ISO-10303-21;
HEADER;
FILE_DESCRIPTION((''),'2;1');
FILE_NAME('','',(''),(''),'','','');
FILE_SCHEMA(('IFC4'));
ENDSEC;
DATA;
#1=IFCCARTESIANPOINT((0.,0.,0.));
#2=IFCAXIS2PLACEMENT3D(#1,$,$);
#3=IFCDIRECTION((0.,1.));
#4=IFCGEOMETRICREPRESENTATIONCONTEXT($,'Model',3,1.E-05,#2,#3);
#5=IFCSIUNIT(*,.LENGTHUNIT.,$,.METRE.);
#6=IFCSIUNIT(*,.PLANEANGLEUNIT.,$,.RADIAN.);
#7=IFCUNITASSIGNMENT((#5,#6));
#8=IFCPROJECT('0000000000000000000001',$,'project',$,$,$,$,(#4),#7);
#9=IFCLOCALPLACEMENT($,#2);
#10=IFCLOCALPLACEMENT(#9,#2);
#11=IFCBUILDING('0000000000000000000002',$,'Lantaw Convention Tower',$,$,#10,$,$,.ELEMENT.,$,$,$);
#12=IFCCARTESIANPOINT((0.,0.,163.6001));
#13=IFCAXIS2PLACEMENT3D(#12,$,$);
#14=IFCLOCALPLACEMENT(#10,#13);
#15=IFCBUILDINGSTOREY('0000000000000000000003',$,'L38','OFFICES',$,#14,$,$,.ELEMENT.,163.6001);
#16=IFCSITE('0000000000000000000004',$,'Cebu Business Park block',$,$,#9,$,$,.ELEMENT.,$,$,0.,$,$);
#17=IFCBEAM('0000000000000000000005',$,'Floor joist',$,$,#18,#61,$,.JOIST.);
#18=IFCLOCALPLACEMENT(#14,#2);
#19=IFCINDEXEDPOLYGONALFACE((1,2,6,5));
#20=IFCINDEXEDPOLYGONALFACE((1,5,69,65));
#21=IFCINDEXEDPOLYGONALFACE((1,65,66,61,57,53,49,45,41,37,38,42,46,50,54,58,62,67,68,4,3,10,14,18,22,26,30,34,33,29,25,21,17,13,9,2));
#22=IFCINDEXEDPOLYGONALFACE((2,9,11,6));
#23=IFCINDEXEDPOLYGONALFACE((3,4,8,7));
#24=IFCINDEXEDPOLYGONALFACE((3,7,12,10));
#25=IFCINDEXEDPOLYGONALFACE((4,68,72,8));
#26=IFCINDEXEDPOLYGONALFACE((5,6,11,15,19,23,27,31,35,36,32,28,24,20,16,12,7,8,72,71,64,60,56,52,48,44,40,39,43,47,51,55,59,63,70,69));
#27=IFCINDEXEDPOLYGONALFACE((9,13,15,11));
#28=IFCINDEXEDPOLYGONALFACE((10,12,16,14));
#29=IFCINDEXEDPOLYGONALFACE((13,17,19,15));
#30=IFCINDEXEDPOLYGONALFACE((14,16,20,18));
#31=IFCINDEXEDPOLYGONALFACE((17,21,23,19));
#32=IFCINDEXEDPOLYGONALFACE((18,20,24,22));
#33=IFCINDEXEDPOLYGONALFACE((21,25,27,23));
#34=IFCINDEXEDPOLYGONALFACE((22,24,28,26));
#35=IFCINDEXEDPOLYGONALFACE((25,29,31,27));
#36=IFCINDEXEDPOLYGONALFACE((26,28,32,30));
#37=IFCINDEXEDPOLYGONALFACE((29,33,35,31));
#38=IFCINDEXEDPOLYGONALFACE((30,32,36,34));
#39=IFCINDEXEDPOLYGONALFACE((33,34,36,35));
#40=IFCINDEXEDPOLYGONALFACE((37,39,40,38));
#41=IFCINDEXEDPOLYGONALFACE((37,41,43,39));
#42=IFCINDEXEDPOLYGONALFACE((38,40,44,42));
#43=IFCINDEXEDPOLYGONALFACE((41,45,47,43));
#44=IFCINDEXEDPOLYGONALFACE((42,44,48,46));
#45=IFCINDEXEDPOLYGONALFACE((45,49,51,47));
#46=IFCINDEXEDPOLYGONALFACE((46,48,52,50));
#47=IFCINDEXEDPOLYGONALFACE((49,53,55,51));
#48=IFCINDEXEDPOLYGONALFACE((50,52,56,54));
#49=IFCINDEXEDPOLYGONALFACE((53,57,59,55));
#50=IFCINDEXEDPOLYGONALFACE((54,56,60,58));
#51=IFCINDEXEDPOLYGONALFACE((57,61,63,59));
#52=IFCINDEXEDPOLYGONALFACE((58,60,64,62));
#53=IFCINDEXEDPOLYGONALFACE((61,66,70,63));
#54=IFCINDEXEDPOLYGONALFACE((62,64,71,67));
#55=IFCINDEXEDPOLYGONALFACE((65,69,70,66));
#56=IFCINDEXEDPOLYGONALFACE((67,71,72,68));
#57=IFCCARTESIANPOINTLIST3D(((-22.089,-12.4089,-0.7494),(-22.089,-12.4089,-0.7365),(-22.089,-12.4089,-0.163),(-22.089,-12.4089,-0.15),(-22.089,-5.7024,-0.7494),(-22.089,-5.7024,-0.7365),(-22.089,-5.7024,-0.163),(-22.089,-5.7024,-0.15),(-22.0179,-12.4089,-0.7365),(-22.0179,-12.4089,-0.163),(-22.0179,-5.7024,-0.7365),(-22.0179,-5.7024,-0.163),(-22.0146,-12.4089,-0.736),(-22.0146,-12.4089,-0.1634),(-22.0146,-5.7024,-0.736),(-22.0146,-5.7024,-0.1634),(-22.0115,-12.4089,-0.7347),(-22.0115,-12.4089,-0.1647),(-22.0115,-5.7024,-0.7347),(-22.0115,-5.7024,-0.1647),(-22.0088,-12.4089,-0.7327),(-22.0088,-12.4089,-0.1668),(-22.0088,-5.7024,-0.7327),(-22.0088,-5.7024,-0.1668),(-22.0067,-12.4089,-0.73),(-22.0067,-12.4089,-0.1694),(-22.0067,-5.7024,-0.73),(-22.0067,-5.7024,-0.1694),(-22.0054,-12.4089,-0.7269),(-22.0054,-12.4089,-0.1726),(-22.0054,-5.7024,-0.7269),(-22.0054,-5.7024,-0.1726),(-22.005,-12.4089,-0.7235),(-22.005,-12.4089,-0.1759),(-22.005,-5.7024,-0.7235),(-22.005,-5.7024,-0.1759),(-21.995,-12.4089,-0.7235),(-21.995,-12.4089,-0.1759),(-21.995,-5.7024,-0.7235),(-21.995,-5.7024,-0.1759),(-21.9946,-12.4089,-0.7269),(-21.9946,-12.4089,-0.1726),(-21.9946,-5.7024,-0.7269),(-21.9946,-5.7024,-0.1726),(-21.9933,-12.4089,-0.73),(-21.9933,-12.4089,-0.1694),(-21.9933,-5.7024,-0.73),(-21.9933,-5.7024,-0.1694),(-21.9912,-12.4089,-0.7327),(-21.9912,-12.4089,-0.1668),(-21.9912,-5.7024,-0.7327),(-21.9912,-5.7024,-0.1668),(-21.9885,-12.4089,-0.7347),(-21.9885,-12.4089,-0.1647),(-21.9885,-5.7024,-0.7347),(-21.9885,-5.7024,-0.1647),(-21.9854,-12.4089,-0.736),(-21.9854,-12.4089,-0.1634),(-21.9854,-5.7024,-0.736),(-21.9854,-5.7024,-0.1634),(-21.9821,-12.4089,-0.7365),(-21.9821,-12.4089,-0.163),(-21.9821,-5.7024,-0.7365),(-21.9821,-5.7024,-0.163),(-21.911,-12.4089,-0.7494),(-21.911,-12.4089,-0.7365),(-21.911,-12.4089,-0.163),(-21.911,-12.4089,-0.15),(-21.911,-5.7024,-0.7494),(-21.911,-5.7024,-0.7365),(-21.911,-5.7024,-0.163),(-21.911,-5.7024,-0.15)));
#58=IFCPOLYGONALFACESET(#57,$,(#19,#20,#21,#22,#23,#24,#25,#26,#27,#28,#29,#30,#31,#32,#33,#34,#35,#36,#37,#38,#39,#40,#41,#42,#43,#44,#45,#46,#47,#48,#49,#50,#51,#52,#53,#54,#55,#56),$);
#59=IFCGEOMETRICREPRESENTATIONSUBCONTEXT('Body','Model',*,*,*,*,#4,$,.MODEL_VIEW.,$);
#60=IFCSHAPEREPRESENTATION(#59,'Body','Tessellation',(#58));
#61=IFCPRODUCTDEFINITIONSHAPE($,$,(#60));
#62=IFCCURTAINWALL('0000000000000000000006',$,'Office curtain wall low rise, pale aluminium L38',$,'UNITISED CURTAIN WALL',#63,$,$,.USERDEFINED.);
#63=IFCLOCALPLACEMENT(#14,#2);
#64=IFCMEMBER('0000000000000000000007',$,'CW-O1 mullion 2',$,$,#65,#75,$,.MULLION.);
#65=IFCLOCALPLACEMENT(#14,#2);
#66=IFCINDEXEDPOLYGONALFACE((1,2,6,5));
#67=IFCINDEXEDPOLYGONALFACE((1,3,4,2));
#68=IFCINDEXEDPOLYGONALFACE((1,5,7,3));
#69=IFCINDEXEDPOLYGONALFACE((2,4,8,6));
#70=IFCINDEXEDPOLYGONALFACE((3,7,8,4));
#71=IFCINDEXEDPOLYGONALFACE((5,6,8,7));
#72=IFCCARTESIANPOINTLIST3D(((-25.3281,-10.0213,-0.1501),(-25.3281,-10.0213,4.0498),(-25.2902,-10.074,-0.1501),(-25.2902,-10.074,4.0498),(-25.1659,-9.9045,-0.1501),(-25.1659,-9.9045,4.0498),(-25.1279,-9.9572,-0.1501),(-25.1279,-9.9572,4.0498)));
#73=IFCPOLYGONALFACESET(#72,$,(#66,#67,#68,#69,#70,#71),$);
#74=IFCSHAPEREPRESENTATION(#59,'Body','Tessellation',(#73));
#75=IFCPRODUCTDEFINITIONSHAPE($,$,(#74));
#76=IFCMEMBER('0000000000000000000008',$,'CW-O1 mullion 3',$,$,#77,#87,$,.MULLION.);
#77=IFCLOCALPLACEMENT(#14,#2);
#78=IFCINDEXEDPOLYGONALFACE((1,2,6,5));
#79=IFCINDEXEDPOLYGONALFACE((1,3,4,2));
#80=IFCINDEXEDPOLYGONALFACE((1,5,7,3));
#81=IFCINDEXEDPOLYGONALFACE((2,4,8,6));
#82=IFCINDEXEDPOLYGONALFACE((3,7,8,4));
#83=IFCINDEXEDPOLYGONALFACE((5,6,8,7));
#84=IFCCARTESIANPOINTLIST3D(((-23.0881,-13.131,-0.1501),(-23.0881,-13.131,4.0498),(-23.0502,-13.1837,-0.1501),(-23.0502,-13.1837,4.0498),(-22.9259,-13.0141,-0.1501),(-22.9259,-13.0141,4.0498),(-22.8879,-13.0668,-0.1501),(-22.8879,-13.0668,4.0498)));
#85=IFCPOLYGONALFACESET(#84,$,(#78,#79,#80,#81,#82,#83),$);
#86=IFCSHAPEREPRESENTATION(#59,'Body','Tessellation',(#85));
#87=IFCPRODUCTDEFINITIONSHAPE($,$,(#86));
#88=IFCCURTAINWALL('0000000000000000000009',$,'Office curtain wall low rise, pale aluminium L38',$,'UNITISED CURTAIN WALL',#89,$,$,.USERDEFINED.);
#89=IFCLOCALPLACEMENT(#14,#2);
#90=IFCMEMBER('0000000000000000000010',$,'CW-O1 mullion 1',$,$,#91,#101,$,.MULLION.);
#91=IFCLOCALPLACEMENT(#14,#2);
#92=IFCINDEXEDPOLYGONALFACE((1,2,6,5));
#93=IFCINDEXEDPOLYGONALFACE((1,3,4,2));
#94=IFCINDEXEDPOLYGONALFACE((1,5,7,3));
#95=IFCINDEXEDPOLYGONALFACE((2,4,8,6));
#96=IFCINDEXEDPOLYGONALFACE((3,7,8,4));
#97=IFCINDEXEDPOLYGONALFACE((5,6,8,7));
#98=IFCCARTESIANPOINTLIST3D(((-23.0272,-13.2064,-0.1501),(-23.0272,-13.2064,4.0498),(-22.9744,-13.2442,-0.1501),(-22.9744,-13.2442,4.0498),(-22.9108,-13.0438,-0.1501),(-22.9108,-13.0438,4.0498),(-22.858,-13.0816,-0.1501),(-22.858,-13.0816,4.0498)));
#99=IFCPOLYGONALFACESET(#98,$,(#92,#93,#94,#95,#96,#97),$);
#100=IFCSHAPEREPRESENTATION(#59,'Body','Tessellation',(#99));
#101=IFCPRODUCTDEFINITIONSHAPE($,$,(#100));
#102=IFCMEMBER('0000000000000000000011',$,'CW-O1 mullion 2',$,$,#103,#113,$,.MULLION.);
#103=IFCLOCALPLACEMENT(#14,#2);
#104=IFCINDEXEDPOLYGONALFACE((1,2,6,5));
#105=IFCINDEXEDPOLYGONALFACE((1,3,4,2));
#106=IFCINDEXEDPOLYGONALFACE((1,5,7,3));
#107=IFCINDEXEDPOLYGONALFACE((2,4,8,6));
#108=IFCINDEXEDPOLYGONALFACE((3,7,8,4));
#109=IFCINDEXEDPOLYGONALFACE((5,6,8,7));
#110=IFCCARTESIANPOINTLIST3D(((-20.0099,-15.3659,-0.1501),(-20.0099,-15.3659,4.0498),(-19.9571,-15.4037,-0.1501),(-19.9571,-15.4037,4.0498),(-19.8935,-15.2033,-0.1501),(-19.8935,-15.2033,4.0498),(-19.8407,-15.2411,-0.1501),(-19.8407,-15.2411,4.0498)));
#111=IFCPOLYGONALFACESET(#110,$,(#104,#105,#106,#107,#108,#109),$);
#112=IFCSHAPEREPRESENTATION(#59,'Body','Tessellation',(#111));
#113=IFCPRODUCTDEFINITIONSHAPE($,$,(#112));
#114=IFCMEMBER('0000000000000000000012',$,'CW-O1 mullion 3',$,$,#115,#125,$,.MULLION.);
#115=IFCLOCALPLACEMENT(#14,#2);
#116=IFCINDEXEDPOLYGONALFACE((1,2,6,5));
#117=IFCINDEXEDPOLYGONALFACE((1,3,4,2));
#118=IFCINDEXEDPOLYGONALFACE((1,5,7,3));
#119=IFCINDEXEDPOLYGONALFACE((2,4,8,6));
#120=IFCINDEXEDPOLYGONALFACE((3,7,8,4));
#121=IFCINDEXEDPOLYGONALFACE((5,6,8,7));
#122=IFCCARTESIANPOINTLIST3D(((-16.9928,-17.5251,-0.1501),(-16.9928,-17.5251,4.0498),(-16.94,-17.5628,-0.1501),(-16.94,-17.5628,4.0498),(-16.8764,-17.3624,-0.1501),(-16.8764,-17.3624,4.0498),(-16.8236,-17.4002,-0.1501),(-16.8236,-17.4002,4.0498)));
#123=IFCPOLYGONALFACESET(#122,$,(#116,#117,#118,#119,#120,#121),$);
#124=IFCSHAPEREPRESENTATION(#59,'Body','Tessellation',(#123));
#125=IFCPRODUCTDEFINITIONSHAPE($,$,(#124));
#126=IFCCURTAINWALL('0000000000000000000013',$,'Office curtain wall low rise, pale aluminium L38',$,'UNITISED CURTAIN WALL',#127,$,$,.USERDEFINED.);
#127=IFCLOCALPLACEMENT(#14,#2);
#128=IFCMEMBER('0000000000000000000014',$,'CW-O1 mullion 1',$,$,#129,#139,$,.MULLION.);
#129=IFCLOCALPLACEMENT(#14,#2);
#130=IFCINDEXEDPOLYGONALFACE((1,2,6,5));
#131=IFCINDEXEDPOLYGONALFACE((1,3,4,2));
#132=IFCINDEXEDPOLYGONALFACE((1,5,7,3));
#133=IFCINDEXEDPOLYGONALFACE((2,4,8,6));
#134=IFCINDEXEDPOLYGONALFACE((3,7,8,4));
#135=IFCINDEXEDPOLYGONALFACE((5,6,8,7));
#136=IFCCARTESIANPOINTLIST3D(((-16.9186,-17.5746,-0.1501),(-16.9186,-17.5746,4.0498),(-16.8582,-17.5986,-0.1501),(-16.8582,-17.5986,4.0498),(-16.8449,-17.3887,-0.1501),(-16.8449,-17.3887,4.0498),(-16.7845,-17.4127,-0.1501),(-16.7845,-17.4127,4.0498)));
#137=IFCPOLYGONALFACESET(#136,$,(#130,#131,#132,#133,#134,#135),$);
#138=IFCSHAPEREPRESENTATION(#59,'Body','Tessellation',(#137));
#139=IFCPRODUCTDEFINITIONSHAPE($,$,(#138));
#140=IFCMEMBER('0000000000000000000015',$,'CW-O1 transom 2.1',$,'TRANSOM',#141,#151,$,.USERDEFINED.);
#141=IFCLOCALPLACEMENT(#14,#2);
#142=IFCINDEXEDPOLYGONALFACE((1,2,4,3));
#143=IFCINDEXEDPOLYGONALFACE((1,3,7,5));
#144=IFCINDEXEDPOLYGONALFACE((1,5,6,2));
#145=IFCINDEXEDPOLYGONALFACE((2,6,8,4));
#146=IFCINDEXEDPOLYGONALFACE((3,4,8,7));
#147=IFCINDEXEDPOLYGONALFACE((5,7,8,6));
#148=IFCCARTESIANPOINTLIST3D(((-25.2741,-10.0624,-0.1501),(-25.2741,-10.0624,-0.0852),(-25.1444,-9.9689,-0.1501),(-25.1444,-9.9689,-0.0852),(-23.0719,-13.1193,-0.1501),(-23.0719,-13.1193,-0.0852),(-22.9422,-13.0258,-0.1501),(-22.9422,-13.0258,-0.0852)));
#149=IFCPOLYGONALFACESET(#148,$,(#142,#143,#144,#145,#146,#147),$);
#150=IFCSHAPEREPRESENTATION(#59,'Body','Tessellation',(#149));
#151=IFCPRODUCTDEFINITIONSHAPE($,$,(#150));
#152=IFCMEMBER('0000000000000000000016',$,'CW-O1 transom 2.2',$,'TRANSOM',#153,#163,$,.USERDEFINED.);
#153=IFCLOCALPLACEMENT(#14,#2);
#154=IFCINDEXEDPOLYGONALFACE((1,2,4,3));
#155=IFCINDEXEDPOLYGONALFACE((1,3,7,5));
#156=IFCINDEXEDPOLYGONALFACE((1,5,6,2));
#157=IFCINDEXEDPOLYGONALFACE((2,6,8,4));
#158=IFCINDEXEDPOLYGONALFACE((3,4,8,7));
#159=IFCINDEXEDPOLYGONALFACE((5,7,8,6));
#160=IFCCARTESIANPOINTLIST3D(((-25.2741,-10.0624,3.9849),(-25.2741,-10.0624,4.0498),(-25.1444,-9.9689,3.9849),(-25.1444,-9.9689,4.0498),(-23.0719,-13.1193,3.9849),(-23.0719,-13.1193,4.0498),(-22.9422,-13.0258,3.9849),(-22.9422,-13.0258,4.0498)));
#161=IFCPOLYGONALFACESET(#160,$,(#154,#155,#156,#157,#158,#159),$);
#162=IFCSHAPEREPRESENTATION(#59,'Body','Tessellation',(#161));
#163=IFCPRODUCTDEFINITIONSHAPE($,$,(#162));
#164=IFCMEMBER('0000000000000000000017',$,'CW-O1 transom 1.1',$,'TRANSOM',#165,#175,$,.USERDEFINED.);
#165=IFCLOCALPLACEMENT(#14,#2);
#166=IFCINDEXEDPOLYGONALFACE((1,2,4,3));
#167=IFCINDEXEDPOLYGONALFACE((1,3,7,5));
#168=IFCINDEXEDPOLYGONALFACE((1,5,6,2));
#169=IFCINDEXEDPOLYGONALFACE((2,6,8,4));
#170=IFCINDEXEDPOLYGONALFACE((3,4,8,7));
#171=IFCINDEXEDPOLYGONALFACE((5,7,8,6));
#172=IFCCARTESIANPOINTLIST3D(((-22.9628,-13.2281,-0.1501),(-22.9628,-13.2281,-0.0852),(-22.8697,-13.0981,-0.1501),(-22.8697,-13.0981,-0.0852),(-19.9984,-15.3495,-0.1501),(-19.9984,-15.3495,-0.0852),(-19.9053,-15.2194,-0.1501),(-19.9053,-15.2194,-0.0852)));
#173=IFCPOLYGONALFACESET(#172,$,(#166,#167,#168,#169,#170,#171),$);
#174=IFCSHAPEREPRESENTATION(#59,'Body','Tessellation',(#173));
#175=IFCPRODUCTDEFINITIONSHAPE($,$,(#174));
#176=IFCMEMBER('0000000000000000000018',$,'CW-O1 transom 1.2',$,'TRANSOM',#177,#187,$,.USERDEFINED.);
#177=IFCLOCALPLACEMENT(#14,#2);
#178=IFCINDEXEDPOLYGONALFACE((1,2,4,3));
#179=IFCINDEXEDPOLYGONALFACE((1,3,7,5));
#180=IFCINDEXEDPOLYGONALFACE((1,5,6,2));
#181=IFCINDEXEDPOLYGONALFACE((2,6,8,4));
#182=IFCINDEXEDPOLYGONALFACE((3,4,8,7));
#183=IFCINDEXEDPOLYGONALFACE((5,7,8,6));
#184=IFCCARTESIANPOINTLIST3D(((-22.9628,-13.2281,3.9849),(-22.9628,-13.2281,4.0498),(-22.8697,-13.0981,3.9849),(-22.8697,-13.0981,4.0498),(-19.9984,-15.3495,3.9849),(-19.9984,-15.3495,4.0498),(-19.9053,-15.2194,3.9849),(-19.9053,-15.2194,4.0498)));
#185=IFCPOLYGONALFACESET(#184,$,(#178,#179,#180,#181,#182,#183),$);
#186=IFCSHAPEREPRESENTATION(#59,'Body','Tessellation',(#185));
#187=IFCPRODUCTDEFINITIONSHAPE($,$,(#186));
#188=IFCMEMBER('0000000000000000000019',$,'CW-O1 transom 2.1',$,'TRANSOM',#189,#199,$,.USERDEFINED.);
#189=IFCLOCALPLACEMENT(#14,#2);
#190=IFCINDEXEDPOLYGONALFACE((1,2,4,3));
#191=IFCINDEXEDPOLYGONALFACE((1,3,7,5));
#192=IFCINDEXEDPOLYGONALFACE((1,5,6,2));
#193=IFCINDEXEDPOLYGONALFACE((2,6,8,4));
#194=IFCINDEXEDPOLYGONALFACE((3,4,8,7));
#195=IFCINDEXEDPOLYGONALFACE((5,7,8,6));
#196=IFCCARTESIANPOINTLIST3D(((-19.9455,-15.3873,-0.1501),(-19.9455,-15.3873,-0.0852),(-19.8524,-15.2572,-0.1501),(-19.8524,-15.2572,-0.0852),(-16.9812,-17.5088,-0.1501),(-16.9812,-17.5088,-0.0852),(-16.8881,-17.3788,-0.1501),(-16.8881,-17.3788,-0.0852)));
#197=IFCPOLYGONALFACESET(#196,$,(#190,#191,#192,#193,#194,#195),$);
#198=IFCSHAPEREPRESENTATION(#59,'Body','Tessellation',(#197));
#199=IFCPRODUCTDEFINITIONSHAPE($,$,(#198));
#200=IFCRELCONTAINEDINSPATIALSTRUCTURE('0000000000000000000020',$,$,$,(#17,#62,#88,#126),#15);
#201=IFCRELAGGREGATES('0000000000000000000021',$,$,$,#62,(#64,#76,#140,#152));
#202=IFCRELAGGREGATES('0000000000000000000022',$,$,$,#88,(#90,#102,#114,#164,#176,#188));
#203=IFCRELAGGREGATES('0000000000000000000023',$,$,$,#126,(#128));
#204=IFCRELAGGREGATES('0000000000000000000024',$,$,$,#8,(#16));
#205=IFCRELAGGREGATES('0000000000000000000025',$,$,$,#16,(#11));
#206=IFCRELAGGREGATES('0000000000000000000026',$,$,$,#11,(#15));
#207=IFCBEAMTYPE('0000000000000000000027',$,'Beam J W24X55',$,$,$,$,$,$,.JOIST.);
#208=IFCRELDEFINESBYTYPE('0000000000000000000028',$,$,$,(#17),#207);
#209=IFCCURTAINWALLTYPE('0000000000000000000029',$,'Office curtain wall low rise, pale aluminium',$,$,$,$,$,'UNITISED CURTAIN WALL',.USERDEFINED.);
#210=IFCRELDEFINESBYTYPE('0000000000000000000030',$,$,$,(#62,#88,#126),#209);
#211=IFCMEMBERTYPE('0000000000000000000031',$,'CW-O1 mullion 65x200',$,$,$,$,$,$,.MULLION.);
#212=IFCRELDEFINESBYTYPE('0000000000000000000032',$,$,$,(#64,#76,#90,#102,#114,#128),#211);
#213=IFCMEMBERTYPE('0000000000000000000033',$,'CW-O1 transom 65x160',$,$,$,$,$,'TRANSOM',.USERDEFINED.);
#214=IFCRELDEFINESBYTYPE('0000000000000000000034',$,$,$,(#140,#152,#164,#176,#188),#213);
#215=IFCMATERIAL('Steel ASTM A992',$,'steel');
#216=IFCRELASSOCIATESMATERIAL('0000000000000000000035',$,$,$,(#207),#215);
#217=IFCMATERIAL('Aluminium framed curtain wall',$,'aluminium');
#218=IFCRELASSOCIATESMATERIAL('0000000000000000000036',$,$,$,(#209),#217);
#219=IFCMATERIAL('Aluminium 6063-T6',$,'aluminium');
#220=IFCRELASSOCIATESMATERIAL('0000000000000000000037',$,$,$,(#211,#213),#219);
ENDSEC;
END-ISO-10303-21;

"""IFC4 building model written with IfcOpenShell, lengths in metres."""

from ifc_helpers import new_model, si_unit, direction, frame, origin, origin_2d, place, context, subcontext, project, spatial, rectangle, i_section, extrude, material, material_profile, profile_set, type_object, element, aggregate, save


model = new_model("IFC4")

# Units and contexts
model_context = context("Model", 3, precision=1e-05, world=origin(), true_north=direction((0.0, 1.0)))
body_context = subcontext(model_context, "Body", "Model", "MODEL_VIEW")
ifc_project = project(units=[si_unit("LENGTHUNIT", "METRE"), si_unit("PLANEANGLEUNIT", "RADIAN")], contexts=[model_context])

# Site, building, storey
site_placement = place(None, origin())
site = spatial("IfcSite", under=ifc_project, at=site_placement, Name="Cebu Business Park block", CompositionType="ELEMENT", RefElevation=0.0)
building_placement = place(site_placement, origin())
building = spatial("IfcBuilding", under=site, at=building_placement, Name="Lantaw Convention Tower", CompositionType="ELEMENT")
storey_placement = place(building_placement, frame((0.0, 0.0, 163.6001)))
storey = spatial("IfcBuildingStorey", under=building, at=storey_placement, Name="L38", Description="OFFICES", CompositionType="ELEMENT", Elevation=163.6001)

# Beam
ifc_material_1 = material(Name="Steel ASTM A992", Category="steel")
ifc_material_profile_1 = material_profile(ifc_material_1, i_section(OverallWidth=0.178, OverallDepth=0.5994, WebThickness=0.01, FlangeThickness=0.0129, FilletRadius=0.0129, at=origin_2d()), Name="W24X55")
ifc_profile_set_1 = profile_set([ifc_material_profile_1], Name="Steel ASTM A992")
beam_type_1 = type_object("IfcBeamType", Name="Beam J W24X55", PredefinedType="JOIST", material=ifc_profile_set_1)
beam_1_placement = place(storey_placement, frame((-22.0, -12.4089, -0.4497), z_axis=(0.0, 1.0, 0.0), x_axis=(-1.0, 0.0, 0.0)))
element("IfcBeam", 1, at=beam_1_placement, inside=storey, type_object=beam_type_1, Name="Floor joist", PredefinedType="JOIST", context=body_context, shape_type="SweptSolid", body=[
    extrude(i_section(OverallWidth=0.178, OverallDepth=0.5994, WebThickness=0.01, FlangeThickness=0.0129, FilletRadius=0.0129, at=origin_2d()), origin(), (0.0, 0.0, 1.0), 6.7065),
])

# Curtain walls, members
ifc_material_2 = material(Name="Aluminium framed curtain wall", Category="aluminium")
curtain_wall_type = type_object("IfcCurtainWallType", Name="Office curtain wall low rise, pale aluminium", ElementType="UNITISED CURTAIN WALL", PredefinedType="USERDEFINED", material=ifc_material_2)
curtain_wall_1_placement = place(storey_placement, origin())
curtain_wall_1 = element("IfcCurtainWall", 2, at=curtain_wall_1_placement, inside=storey, type_object=curtain_wall_type, Name="Office curtain wall low rise, pale aluminium L38", ObjectType="UNITISED CURTAIN WALL", PredefinedType="USERDEFINED")
ifc_material_3 = material(Name="Aluminium 6063-T6", Category="aluminium")
ifc_material_profile_2 = material_profile(ifc_material_3, rectangle(XDim=0.2, YDim=0.0649, at=origin_2d()), Name="CW-O1 mullion 65x200")
ifc_profile_set_2 = profile_set([ifc_material_profile_2], Name="Aluminium 6063-T6")
member_type_1 = type_object("IfcMemberType", Name="CW-O1 mullion 65x200", PredefinedType="MULLION", material=ifc_profile_set_2)
member_1_placement = place(storey_placement, frame((-25.228, -9.9893, -0.1501), z_axis=(0.0, 0.0, 1.0), x_axis=(0.811385, 0.584513, 0.0)))
member_1 = element("IfcMember", 3, at=member_1_placement, type_object=member_type_1, Name="CW-O1 mullion 2", PredefinedType="MULLION", context=body_context, shape_type="SweptSolid", body=[
    extrude(rectangle(XDim=0.2, YDim=0.0649, at=origin_2d()), origin(), (0.0, 0.0, 1.0), 4.2),
])
member_2_placement = place(storey_placement, frame((-22.988, -13.0989, -0.1501), z_axis=(0.0, 0.0, 1.0), x_axis=(0.811385, 0.584513, 0.0)))
member_2 = element("IfcMember", 4, at=member_2_placement, type_object=member_type_1, Name="CW-O1 mullion 3", PredefinedType="MULLION", context=body_context, shape_type="SweptSolid", body=[
    extrude(rectangle(XDim=0.2, YDim=0.0649, at=origin_2d()), origin(), (0.0, 0.0, 1.0), 4.2),
])
curtain_wall_2_placement = place(storey_placement, origin())
curtain_wall_2 = element("IfcCurtainWall", 5, at=curtain_wall_2_placement, inside=storey, type_object=curtain_wall_type, Name="Office curtain wall low rise, pale aluminium L38", ObjectType="UNITISED CURTAIN WALL", PredefinedType="USERDEFINED")
member_3_placement = place(storey_placement, frame((-22.9426, -13.144, -0.1501), z_axis=(0.0, 0.0, 1.0), x_axis=(0.581973, 0.813208, 0.0)))
member_3 = element("IfcMember", 6, at=member_3_placement, type_object=member_type_1, Name="CW-O1 mullion 1", PredefinedType="MULLION", context=body_context, shape_type="SweptSolid", body=[
    extrude(rectangle(XDim=0.2, YDim=0.0649, at=origin_2d()), origin(), (0.0, 0.0, 1.0), 4.2),
])
member_4_placement = place(storey_placement, frame((-19.9253, -15.3035, -0.1501), z_axis=(0.0, 0.0, 1.0), x_axis=(0.581973, 0.813208, 0.0)))
member_4 = element("IfcMember", 7, at=member_4_placement, type_object=member_type_1, Name="CW-O1 mullion 2", PredefinedType="MULLION", context=body_context, shape_type="SweptSolid", body=[
    extrude(rectangle(XDim=0.2, YDim=0.0649, at=origin_2d()), origin(), (0.0, 0.0, 1.0), 4.2),
])
member_5_placement = place(storey_placement, frame((-16.9082, -17.4626, -0.1501), z_axis=(0.0, 0.0, 1.0), x_axis=(0.581973, 0.813208, 0.0)))
member_5 = element("IfcMember", 8, at=member_5_placement, type_object=member_type_1, Name="CW-O1 mullion 3", PredefinedType="MULLION", context=body_context, shape_type="SweptSolid", body=[
    extrude(rectangle(XDim=0.2, YDim=0.0649, at=origin_2d()), origin(), (0.0, 0.0, 1.0), 4.2),
])

# Curtain wall, member
curtain_wall_3_placement = place(storey_placement, origin())
curtain_wall_3 = element("IfcCurtainWall", 9, at=curtain_wall_3_placement, inside=storey, type_object=curtain_wall_type, Name="Office curtain wall low rise, pale aluminium L38", ObjectType="UNITISED CURTAIN WALL", PredefinedType="USERDEFINED")
member_6_placement = place(storey_placement, frame((-16.8516, -17.4937, -0.1501), z_axis=(0.0, 0.0, 1.0), x_axis=(0.368702, 0.929548, 0.0)))
member_6 = element("IfcMember", 10, at=member_6_placement, type_object=member_type_1, Name="CW-O1 mullion 1", PredefinedType="MULLION", context=body_context, shape_type="SweptSolid", body=[
    extrude(rectangle(XDim=0.2, YDim=0.0649, at=origin_2d()), origin(), (0.0, 0.0, 1.0), 4.2),
])

# Members
ifc_material_profile_3 = material_profile(ifc_material_3, rectangle(XDim=0.1599, YDim=0.0649, at=origin_2d()), Name="CW-O1 transom 65x160")
ifc_profile_set_3 = profile_set([ifc_material_profile_3], Name="Aluminium 6063-T6")
member_type_2 = type_object("IfcMemberType", Name="CW-O1 transom 65x160", ElementType="TRANSOM", PredefinedType="USERDEFINED", material=ifc_profile_set_3)
member_7_placement = place(storey_placement, frame((-25.2092, -10.0156, -0.1177), z_axis=(0.584513, -0.811384, 0.0), x_axis=(0.811384, 0.584513, 0.0)))
member_7 = element("IfcMember", 11, at=member_7_placement, type_object=member_type_2, Name="CW-O1 transom 2.1", ObjectType="TRANSOM", PredefinedType="USERDEFINED", context=body_context, shape_type="SweptSolid", body=[
    extrude(rectangle(XDim=0.1599, YDim=0.0649, at=origin_2d()), origin(), (0.0, 0.0, 1.0), 3.7676),
])
member_8_placement = place(storey_placement, frame((-25.2092, -10.0156, 4.0173), z_axis=(0.584513, -0.811384, 0.0), x_axis=(0.811384, 0.584513, 0.0)))
member_8 = element("IfcMember", 12, at=member_8_placement, type_object=member_type_2, Name="CW-O1 transom 2.2", ObjectType="TRANSOM", PredefinedType="USERDEFINED", context=body_context, shape_type="SweptSolid", body=[
    extrude(rectangle(XDim=0.1599, YDim=0.0649, at=origin_2d()), origin(), (0.0, 0.0, 1.0), 3.7676),
])
member_9_placement = place(storey_placement, frame((-22.9163, -13.1631, -0.1177), z_axis=(0.813222, -0.581954, 0.0), x_axis=(0.581954, 0.813222, 0.0)))
member_9 = element("IfcMember", 13, at=member_9_placement, type_object=member_type_2, Name="CW-O1 transom 1.1", ObjectType="TRANSOM", PredefinedType="USERDEFINED", context=body_context, shape_type="SweptSolid", body=[
    extrude(rectangle(XDim=0.1599, YDim=0.0649, at=origin_2d()), origin(), (0.0, 0.0, 1.0), 3.6453),
])
member_10_placement = place(storey_placement, frame((-22.9163, -13.1631, 4.0173), z_axis=(0.813222, -0.581954, 0.0), x_axis=(0.581954, 0.813222, 0.0)))
member_10 = element("IfcMember", 14, at=member_10_placement, type_object=member_type_2, Name="CW-O1 transom 1.2", ObjectType="TRANSOM", PredefinedType="USERDEFINED", context=body_context, shape_type="SweptSolid", body=[
    extrude(rectangle(XDim=0.1599, YDim=0.0649, at=origin_2d()), origin(), (0.0, 0.0, 1.0), 3.6453),
])
member_11_placement = place(storey_placement, frame((-19.8989, -15.3223, -0.1177), z_axis=(0.81319, -0.581998, 0.0), x_axis=(0.581998, 0.81319, 0.0)))
member_11 = element("IfcMember", 15, at=member_11_placement, type_object=member_type_2, Name="CW-O1 transom 2.1", ObjectType="TRANSOM", PredefinedType="USERDEFINED", context=body_context, shape_type="SweptSolid", body=[
    extrude(rectangle(XDim=0.1599, YDim=0.0649, at=origin_2d()), origin(), (0.0, 0.0, 1.0), 3.6453),
])

aggregate(curtain_wall_1, [member_1, member_2, member_7, member_8])
aggregate(curtain_wall_2, [member_3, member_4, member_5, member_9, member_10, member_11])
aggregate(curtain_wall_3, [member_6])

save(model, "model.ifc")
